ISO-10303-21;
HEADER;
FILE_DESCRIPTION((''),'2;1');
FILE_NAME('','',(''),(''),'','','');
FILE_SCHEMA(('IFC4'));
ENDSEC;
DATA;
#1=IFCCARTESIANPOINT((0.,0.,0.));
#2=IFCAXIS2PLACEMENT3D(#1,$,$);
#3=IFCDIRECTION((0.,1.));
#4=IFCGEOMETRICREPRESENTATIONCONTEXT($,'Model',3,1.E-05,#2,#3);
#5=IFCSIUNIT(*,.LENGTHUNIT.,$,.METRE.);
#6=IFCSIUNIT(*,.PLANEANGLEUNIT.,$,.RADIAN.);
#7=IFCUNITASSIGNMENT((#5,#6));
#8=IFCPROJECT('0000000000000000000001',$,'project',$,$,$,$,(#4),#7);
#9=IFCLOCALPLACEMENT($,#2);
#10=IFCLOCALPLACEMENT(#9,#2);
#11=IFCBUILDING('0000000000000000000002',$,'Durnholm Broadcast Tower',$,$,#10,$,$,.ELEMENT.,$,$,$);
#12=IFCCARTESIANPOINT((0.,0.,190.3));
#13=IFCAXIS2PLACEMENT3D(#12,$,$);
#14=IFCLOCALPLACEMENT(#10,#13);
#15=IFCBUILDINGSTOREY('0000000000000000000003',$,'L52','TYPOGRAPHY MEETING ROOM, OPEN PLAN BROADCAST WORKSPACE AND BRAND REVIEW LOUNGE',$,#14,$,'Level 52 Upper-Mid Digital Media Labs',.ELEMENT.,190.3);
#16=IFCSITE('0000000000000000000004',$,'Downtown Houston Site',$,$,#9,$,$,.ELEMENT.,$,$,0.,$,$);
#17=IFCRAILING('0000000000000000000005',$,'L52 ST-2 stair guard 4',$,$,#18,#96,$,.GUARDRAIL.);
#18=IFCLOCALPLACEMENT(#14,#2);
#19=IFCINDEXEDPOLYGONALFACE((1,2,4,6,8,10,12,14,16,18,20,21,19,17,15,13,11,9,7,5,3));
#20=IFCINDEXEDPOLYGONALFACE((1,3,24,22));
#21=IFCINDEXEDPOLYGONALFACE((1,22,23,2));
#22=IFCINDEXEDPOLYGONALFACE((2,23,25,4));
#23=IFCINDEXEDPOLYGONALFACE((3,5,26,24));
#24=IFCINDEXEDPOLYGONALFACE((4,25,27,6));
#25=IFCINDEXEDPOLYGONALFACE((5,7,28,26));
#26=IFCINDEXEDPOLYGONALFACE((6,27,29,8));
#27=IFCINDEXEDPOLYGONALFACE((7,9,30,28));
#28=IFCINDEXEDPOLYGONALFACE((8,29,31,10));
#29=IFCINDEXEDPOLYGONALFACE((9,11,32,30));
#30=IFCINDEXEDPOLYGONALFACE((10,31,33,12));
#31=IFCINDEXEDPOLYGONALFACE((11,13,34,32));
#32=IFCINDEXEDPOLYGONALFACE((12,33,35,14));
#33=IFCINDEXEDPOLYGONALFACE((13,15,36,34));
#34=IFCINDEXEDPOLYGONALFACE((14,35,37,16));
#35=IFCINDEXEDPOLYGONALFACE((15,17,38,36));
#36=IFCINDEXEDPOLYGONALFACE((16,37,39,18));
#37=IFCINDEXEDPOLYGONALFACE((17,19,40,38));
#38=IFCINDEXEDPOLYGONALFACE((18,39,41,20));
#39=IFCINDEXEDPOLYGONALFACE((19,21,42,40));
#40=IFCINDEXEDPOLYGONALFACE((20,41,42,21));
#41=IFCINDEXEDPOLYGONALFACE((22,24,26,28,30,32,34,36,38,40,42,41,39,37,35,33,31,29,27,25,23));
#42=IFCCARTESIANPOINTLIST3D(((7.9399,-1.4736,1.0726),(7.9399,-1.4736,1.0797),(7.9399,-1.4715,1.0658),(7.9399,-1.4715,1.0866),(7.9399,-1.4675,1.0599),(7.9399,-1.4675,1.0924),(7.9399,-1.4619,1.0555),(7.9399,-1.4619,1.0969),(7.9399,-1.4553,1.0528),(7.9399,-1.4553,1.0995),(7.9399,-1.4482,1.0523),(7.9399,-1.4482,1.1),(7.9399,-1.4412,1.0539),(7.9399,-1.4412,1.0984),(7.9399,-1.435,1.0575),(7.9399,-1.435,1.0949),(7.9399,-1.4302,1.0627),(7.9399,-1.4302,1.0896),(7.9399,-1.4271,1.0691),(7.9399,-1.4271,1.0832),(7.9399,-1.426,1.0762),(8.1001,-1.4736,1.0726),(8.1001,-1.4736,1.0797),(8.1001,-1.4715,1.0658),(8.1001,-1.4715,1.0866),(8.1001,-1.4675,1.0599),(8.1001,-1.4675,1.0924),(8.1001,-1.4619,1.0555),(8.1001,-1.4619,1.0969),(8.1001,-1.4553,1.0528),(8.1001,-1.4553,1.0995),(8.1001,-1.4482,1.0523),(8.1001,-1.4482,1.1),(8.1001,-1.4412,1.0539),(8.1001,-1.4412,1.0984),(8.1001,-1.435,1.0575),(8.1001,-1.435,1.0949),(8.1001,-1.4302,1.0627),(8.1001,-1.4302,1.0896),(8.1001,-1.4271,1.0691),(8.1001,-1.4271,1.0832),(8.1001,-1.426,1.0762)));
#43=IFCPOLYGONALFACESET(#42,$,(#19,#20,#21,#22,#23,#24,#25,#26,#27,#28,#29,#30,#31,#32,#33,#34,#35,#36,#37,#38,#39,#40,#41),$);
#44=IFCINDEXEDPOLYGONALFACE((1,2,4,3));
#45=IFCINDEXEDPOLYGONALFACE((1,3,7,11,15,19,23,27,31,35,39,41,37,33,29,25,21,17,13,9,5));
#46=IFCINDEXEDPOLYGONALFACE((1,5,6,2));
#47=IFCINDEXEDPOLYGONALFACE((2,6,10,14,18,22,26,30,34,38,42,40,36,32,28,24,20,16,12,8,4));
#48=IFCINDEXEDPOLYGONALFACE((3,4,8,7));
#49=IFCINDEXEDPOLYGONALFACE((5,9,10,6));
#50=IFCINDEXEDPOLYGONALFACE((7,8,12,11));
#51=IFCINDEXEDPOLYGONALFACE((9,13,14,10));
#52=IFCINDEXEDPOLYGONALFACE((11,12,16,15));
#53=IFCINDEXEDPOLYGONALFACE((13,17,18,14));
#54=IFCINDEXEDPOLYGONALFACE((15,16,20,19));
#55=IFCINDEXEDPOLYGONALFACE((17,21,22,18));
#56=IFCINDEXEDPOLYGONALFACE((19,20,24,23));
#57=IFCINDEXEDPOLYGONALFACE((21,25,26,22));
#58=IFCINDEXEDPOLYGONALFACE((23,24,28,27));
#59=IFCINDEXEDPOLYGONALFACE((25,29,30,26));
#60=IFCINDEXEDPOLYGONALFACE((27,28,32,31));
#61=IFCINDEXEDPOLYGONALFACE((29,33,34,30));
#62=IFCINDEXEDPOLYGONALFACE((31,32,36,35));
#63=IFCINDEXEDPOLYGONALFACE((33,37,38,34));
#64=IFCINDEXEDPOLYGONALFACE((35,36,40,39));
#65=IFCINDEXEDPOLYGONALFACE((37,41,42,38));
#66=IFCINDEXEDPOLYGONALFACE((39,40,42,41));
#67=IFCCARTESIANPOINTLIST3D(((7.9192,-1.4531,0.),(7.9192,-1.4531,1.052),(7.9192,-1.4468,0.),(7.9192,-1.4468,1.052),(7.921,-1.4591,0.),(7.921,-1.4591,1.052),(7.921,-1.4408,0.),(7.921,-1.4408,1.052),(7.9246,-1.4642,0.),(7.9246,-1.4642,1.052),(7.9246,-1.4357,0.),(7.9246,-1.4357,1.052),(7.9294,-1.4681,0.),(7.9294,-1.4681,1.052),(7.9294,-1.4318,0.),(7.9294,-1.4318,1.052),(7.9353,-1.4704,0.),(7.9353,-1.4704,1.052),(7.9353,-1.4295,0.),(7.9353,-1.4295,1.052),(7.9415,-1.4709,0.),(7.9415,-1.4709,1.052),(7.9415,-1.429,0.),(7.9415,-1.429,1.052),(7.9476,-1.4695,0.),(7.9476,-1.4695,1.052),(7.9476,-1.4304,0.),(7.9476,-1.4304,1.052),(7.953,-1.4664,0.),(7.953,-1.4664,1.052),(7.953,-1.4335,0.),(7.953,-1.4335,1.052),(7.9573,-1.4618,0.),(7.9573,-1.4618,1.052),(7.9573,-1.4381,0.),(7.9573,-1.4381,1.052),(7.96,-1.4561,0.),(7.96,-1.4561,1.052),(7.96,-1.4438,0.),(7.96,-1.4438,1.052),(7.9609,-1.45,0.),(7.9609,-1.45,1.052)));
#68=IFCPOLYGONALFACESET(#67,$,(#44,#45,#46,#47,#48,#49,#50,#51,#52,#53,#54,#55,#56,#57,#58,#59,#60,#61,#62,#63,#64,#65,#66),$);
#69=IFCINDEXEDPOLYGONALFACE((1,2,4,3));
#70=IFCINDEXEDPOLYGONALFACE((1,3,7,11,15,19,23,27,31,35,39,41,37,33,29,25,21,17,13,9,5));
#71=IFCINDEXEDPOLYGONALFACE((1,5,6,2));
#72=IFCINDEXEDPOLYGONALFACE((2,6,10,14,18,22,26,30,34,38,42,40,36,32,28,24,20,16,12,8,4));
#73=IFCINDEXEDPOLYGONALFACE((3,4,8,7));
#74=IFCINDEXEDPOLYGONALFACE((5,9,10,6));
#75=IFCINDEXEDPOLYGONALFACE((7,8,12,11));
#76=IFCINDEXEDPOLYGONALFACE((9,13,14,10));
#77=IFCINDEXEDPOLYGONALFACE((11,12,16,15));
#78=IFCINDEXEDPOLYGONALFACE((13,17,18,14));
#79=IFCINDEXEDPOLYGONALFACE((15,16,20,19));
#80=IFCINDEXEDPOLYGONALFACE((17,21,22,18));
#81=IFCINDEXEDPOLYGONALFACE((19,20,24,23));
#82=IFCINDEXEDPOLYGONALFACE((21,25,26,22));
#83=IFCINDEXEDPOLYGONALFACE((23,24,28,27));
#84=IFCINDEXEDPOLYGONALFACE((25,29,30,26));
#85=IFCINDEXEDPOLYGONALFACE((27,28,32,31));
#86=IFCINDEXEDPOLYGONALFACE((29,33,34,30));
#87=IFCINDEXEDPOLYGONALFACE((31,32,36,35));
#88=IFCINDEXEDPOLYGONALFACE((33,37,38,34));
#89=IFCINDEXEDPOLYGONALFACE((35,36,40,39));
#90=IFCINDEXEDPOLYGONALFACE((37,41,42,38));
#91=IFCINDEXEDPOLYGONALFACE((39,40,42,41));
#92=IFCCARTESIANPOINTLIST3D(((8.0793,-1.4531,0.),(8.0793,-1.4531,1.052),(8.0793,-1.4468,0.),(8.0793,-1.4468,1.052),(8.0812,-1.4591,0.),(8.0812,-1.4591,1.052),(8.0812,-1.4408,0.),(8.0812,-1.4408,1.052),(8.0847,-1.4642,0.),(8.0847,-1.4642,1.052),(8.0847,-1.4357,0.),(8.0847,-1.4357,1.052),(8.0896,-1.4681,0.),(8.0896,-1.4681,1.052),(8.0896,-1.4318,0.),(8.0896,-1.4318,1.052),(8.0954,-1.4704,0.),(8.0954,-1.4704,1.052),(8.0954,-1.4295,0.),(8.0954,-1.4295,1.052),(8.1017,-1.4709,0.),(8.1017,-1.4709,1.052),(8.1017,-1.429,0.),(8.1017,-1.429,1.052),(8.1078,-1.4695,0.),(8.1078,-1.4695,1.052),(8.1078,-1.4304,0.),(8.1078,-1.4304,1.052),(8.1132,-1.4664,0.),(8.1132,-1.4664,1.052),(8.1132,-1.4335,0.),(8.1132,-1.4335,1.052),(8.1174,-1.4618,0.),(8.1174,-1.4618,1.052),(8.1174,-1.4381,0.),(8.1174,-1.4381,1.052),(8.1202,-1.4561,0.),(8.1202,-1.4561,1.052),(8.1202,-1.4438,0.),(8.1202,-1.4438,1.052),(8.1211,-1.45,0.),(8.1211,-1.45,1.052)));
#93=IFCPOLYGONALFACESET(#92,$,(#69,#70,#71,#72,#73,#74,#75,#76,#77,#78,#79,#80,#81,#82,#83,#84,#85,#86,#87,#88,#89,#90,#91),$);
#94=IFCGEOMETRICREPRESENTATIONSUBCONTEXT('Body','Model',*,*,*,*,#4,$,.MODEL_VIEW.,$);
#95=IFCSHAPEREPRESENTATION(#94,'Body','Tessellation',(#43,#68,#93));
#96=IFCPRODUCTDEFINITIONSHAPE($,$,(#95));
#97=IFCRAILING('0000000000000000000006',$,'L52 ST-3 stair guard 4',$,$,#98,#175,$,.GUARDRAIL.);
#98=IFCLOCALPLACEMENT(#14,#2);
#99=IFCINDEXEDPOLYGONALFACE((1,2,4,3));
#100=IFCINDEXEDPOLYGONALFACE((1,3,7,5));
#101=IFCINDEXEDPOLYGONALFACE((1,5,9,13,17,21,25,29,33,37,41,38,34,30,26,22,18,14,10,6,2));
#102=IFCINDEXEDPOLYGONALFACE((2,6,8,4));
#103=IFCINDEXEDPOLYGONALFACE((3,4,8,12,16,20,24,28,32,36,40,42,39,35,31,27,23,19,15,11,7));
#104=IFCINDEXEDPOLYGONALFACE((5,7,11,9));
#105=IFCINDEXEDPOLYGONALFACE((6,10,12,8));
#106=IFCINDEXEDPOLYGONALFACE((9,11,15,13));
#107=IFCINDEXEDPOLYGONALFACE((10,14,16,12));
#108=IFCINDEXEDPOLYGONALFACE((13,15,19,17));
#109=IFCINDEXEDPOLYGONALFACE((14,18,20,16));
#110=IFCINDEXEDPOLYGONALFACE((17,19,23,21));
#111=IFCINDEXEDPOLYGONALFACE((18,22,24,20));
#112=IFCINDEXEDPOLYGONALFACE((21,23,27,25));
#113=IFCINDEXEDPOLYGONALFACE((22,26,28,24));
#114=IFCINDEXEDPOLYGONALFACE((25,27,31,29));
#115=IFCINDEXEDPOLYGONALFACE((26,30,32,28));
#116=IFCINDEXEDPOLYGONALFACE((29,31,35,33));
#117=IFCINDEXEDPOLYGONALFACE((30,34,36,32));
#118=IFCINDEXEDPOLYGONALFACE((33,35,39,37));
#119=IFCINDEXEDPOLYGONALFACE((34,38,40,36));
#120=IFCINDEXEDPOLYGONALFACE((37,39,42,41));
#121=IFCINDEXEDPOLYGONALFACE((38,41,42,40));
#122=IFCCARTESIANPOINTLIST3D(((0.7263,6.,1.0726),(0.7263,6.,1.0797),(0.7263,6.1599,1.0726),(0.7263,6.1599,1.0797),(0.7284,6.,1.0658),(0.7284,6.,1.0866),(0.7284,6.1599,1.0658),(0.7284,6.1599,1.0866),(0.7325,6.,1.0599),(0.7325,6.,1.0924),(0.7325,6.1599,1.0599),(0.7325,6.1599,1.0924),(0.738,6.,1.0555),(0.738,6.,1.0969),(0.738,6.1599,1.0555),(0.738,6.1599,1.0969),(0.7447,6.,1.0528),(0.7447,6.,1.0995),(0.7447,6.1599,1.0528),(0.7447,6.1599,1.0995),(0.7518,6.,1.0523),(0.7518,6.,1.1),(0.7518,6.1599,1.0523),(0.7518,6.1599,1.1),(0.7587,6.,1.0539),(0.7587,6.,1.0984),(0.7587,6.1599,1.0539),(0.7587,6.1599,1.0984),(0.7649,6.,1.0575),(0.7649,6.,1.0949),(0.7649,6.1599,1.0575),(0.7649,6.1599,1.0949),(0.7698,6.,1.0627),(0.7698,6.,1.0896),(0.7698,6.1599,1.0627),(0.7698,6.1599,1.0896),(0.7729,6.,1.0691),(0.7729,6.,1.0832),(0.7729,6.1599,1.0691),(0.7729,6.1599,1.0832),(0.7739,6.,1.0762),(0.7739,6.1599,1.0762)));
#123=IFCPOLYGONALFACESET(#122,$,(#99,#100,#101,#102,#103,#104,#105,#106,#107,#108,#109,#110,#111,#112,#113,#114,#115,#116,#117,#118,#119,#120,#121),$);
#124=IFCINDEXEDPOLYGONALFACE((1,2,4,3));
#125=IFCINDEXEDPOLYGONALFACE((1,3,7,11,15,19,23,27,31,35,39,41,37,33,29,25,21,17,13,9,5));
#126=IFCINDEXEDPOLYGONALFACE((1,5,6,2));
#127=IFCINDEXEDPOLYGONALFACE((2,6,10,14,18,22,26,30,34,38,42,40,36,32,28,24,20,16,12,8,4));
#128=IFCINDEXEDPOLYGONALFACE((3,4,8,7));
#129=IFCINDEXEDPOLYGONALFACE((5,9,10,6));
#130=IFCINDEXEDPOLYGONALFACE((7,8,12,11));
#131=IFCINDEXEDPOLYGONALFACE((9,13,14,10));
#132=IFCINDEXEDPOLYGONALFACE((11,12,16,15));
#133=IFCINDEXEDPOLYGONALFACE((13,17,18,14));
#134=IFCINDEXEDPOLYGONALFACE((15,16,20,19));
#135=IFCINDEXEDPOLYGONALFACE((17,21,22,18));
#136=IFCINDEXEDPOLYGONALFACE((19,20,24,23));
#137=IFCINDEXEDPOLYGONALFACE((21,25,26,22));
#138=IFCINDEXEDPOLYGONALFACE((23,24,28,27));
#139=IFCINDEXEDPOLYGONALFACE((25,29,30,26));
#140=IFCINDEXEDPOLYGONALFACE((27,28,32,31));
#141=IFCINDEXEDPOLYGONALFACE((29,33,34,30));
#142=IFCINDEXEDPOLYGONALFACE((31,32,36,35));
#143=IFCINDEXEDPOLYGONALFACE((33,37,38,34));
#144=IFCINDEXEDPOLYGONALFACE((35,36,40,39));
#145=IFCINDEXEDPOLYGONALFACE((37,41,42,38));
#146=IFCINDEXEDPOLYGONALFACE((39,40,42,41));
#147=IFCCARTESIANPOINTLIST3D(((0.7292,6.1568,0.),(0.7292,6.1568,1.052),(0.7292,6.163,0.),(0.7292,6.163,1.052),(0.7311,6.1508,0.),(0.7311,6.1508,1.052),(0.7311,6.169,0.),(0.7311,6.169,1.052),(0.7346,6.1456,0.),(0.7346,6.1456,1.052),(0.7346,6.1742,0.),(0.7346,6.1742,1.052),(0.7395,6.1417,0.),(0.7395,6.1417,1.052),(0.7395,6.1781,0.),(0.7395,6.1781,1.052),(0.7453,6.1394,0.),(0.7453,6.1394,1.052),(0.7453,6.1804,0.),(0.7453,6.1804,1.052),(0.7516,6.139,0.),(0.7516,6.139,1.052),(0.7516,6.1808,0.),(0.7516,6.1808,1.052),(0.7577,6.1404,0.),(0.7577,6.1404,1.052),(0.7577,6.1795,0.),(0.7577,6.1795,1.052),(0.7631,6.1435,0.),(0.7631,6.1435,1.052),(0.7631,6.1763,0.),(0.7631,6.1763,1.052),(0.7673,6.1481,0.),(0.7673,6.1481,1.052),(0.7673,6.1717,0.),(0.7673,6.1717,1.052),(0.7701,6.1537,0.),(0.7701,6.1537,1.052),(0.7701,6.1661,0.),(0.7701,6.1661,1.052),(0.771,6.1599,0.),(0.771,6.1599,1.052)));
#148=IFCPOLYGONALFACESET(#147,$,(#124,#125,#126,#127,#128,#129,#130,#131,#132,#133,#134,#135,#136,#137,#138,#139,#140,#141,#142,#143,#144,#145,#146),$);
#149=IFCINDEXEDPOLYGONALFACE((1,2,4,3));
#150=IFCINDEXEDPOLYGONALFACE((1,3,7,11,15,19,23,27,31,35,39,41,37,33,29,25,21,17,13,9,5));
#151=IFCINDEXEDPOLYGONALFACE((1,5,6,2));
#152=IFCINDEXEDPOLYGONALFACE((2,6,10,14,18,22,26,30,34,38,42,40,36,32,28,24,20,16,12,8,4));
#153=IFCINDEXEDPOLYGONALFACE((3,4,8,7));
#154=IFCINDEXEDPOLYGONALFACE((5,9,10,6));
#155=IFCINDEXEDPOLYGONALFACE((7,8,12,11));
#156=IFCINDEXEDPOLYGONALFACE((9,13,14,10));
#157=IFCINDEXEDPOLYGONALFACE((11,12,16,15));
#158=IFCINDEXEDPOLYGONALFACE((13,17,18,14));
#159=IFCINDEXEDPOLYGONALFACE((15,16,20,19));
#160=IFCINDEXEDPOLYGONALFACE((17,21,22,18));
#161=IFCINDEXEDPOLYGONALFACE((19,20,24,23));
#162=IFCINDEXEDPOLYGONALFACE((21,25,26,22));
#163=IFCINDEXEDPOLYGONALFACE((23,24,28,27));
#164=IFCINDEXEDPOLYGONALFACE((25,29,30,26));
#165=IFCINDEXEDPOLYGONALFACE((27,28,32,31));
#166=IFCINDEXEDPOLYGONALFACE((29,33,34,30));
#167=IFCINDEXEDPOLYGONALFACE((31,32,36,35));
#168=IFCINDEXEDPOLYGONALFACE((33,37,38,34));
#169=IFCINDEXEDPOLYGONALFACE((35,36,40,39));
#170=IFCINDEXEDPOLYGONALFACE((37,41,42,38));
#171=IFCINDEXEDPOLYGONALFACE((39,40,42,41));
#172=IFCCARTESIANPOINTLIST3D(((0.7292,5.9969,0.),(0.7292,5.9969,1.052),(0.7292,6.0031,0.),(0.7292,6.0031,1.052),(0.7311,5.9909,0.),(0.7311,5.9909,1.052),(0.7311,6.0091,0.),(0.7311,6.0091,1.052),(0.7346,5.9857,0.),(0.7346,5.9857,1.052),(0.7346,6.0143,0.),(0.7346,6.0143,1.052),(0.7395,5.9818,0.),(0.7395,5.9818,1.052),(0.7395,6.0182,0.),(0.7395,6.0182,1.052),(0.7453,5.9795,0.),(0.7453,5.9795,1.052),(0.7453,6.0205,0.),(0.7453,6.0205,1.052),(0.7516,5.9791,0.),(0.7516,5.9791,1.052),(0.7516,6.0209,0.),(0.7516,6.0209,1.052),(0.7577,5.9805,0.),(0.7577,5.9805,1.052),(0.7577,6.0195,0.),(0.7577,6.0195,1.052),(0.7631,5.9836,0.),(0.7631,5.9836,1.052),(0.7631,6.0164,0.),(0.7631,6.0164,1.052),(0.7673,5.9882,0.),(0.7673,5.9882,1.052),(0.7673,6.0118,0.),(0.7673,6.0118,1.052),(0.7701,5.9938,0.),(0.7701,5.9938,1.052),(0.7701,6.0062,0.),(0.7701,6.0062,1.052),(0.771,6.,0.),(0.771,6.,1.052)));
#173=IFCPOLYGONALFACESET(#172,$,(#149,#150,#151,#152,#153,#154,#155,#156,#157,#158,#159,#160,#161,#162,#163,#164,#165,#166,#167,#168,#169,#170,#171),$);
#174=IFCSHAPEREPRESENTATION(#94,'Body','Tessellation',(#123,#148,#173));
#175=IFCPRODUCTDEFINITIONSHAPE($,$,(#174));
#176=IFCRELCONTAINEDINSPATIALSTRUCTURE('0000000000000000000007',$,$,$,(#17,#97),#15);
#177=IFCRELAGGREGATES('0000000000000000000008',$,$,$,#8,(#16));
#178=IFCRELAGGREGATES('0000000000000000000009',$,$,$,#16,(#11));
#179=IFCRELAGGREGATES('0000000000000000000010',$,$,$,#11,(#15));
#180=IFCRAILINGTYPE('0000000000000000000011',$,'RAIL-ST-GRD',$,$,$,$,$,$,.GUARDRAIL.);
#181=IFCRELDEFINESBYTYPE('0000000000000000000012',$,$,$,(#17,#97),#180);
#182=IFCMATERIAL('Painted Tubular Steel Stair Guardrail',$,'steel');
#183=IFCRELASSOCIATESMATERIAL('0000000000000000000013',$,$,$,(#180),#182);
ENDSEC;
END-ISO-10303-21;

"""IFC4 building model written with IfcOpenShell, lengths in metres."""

from ifc_helpers import new_model, si_unit, direction, frame, origin, origin_2d, place, context, subcontext, project, spatial, circle, extrude, material, type_object, element, save


model = new_model("IFC4")

# Units and contexts
model_context = context("Model", 3, precision=1e-05, world=origin(), true_north=direction((0.0, 1.0)))
body_context = subcontext(model_context, "Body", "Model", "MODEL_VIEW")
ifc_project = project(units=[si_unit("LENGTHUNIT", "METRE"), si_unit("PLANEANGLEUNIT", "RADIAN")], contexts=[model_context])

# Site, building, storey
site_placement = place(None, origin())
site = spatial("IfcSite", under=ifc_project, at=site_placement, Name="Downtown Houston Site", CompositionType="ELEMENT", RefElevation=0.0)
building_placement = place(site_placement, origin())
building = spatial("IfcBuilding", under=site, at=building_placement, Name="Durnholm Broadcast Tower", CompositionType="ELEMENT")
storey_placement = place(building_placement, frame((0.0, 0.0, 190.3)))
storey = spatial("IfcBuildingStorey", under=building, at=storey_placement, Name="L52", Description="TYPOGRAPHY MEETING ROOM, OPEN PLAN BROADCAST WORKSPACE AND BRAND REVIEW LOUNGE", LongName="Level 52 Upper-Mid Digital Media Labs", CompositionType="ELEMENT", Elevation=190.3)

# Railings
ifc_material_1 = material(Name="Painted Tubular Steel Stair Guardrail", Category="steel")
railing_type_1 = type_object("IfcRailingType", Name="RAIL-ST-GRD", PredefinedType="GUARDRAIL", material=ifc_material_1)
railing_1_placement = place(storey_placement, frame((7.9399, -1.45, 0.0)))
element("IfcRailing", 1, at=railing_1_placement, inside=storey, type_object=railing_type_1, Name="L52 ST-2 stair guard 4", PredefinedType="GUARDRAIL", context=body_context, shape_type="SweptSolid", body=[
    extrude(circle(Radius=0.0239, at=origin_2d()), frame((0.0, 0.0, 1.0762), z_axis=(1.0, 0.0, 0.0), x_axis=(0.0, 1.0, 0.0)), (0.0, 0.0, 1.0), 0.1602),
    extrude(circle(Radius=0.021, at=origin_2d()), origin(), (0.0, 0.0, 1.0), 1.052),
    extrude(circle(Radius=0.021, at=origin_2d()), frame((0.1602, 0.0, 0.0)), (0.0, 0.0, 1.0), 1.052),
])
railing_2_placement = place(storey_placement, frame((0.75, 6.1599, 0.0)))
element("IfcRailing", 2, at=railing_2_placement, inside=storey, type_object=railing_type_1, Name="L52 ST-3 stair guard 4", PredefinedType="GUARDRAIL", context=body_context, shape_type="SweptSolid", body=[
    extrude(circle(Radius=0.0239, at=origin_2d()), frame((0.0, 0.0, 1.0762), z_axis=(0.0, -1.0, 0.0), x_axis=(1.0, 0.0, 0.0)), (0.0, 0.0, 1.0), 0.1599),
    extrude(circle(Radius=0.021, at=origin_2d()), origin(), (0.0, 0.0, 1.0), 1.052),
    extrude(circle(Radius=0.021, at=origin_2d()), frame((0.0, -0.1599, 0.0)), (0.0, 0.0, 1.0), 1.052),
])

save(model, "model.ifc")
